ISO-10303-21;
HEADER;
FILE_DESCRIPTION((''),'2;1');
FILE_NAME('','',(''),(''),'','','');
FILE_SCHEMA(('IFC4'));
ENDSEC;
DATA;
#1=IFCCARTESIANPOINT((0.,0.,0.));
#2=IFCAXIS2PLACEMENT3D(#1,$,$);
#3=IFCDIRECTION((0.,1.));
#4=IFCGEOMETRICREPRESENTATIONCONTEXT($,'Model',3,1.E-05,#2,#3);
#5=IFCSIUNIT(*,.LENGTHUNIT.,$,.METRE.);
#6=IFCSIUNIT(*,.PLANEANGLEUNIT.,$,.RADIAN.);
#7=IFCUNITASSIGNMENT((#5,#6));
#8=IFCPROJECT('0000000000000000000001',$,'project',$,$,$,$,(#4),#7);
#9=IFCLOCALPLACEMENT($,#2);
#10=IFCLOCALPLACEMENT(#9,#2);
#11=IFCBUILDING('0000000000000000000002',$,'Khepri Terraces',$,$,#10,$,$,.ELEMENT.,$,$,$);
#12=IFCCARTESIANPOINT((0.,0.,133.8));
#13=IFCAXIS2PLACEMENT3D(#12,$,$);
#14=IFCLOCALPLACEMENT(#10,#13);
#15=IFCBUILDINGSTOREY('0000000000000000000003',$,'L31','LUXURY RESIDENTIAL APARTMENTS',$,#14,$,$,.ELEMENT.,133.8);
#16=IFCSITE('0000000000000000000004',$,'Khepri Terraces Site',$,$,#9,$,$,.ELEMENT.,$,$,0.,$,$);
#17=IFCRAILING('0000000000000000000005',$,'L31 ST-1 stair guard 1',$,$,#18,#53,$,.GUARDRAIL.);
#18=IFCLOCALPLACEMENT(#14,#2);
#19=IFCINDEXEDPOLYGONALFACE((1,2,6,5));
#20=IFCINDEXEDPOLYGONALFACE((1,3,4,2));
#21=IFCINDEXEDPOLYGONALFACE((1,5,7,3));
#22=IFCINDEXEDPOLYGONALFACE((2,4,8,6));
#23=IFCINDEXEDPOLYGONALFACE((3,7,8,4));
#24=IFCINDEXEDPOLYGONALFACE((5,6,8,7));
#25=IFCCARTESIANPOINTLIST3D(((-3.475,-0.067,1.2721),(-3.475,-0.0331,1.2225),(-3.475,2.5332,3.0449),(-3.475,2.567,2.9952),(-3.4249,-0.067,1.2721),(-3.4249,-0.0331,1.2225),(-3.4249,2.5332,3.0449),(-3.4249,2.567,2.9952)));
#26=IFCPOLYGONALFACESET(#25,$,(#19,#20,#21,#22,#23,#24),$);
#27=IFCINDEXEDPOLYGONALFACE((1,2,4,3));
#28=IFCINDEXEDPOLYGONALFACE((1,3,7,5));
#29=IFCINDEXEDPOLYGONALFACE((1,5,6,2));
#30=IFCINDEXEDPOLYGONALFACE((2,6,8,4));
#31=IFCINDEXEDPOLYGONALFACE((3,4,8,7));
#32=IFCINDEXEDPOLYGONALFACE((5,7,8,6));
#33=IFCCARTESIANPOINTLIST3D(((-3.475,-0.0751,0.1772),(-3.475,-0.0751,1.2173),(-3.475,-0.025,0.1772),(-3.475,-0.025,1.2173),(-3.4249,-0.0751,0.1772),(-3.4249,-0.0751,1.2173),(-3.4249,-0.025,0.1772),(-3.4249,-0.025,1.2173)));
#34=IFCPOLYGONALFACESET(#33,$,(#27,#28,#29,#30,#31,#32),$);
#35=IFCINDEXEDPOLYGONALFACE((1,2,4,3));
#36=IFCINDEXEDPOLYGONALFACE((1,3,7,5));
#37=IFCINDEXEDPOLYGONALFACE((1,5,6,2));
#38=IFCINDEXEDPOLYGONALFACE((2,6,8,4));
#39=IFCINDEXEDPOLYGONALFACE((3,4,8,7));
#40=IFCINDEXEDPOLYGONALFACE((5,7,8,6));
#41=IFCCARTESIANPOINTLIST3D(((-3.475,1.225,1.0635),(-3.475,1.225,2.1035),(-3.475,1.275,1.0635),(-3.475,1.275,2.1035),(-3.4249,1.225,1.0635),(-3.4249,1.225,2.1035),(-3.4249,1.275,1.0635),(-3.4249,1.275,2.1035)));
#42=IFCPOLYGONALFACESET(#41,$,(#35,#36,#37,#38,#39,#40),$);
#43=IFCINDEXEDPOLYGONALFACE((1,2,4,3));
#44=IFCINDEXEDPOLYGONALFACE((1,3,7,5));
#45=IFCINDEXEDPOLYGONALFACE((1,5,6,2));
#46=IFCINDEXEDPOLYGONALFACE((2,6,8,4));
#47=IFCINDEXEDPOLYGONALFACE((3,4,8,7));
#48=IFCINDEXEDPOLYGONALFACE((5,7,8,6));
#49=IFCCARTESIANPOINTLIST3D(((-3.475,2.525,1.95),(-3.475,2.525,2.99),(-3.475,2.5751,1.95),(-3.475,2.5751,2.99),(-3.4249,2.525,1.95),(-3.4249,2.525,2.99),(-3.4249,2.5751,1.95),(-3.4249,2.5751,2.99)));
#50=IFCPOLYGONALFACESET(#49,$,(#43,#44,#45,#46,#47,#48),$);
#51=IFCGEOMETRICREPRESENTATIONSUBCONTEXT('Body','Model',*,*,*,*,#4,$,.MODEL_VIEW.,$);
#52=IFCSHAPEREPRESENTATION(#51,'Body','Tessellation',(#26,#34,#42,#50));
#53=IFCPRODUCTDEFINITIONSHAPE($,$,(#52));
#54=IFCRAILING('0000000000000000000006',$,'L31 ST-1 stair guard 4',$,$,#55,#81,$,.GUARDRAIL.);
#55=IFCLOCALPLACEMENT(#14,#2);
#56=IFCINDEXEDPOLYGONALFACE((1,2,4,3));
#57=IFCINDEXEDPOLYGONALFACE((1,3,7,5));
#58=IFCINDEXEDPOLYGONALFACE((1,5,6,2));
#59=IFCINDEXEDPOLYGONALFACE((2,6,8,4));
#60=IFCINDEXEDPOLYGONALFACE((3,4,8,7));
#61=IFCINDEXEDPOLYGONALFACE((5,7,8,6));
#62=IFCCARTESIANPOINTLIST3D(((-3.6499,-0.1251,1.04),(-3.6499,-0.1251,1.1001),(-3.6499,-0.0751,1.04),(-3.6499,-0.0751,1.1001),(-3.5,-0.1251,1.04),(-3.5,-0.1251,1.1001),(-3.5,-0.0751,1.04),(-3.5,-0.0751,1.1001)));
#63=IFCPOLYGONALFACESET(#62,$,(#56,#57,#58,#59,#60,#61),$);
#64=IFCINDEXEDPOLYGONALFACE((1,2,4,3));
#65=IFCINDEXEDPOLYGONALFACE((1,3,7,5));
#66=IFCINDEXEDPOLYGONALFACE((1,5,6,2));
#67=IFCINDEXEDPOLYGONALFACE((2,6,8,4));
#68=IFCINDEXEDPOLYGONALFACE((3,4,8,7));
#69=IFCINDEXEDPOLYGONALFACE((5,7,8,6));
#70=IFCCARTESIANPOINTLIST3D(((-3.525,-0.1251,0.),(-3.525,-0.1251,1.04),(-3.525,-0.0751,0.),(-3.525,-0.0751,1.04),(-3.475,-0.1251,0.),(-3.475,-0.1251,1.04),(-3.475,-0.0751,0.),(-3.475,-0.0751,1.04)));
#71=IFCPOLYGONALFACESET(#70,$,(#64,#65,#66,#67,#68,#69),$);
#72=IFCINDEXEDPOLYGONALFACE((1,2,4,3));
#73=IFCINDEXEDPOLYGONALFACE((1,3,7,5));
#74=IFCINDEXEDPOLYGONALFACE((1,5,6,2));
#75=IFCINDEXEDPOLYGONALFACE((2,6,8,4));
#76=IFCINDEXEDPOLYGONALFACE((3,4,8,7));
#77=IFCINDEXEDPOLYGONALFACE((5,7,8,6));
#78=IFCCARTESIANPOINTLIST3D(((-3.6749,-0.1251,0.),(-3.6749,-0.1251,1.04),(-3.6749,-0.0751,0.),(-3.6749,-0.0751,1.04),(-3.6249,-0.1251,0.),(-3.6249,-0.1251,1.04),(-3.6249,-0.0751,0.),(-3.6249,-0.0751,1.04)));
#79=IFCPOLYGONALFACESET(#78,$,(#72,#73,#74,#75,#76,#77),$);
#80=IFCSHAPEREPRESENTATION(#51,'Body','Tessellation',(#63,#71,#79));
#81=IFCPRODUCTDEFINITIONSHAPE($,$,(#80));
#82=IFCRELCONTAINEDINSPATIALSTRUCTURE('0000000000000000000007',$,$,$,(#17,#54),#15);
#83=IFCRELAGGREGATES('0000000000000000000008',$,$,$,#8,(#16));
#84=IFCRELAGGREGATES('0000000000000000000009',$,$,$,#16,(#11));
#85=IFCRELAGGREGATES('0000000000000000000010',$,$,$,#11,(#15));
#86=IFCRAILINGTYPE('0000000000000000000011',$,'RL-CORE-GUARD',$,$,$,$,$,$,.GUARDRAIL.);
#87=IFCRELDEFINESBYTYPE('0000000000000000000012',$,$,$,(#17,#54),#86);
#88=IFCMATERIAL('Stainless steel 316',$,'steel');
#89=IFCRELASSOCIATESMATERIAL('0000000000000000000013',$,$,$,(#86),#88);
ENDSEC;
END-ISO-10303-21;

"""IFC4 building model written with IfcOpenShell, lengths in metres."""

from ifc_helpers import new_model, si_unit, direction, frame, origin, origin_2d, place, context, subcontext, project, spatial, rectangle, extrude, material, type_object, element, save


model = new_model("IFC4")

# Units and contexts
model_context = context("Model", 3, precision=1e-05, world=origin(), true_north=direction((0.0, 1.0)))
body_context = subcontext(model_context, "Body", "Model", "MODEL_VIEW")
ifc_project = project(units=[si_unit("LENGTHUNIT", "METRE"), si_unit("PLANEANGLEUNIT", "RADIAN")], contexts=[model_context])

# Site, building, storey
site_placement = place(None, origin())
site = spatial("IfcSite", under=ifc_project, at=site_placement, Name="Khepri Terraces Site", CompositionType="ELEMENT", RefElevation=0.0)
building_placement = place(site_placement, origin())
building = spatial("IfcBuilding", under=site, at=building_placement, Name="Khepri Terraces", CompositionType="ELEMENT")
storey_placement = place(building_placement, frame((0.0, 0.0, 133.8)))
storey = spatial("IfcBuildingStorey", under=building, at=storey_placement, Name="L31", Description="LUXURY RESIDENTIAL APARTMENTS", CompositionType="ELEMENT", Elevation=133.8)

# Railings
ifc_material_1 = material(Name="Stainless steel 316", Category="steel")
railing_type = type_object("IfcRailingType", Name="RL-CORE-GUARD", PredefinedType="GUARDRAIL", material=ifc_material_1)
railing_1_placement = place(storey_placement, frame((-3.45, -0.05, 0.1772)))
element("IfcRailing", 1, at=railing_1_placement, inside=storey, type_object=railing_type, Name="L31 ST-1 stair guard 1", PredefinedType="GUARDRAIL", context=body_context, shape_type="SweptSolid", body=[
    extrude(rectangle(XDim=0.05, YDim=0.0601, at=origin_2d()), frame((0.0, 0.0, 1.0701), z_axis=(0.0, 0.82624, 0.563318), x_axis=(-1.0, 0.0, 0.0)), (0.0, 0.0, 1.0), 3.147),
    extrude(rectangle(XDim=0.05, YDim=0.05, at=origin_2d()), origin(), (0.0, 0.0, 1.0), 1.04),
    extrude(rectangle(XDim=0.05, YDim=0.05, at=origin_2d()), frame((0.0, 1.3, 0.8862)), (0.0, 0.0, 1.0), 1.04),
    extrude(rectangle(XDim=0.05, YDim=0.05, at=origin_2d()), frame((0.0, 2.6001, 1.7727)), (0.0, 0.0, 1.0), 1.04),
])
railing_2_placement = place(storey_placement, frame((-3.5, -0.1001, 0.0)))
element("IfcRailing", 2, at=railing_2_placement, inside=storey, type_object=railing_type, Name="L31 ST-1 stair guard 4", PredefinedType="GUARDRAIL", context=body_context, shape_type="SweptSolid", body=[
    extrude(rectangle(XDim=0.05, YDim=0.0601, at=origin_2d()), frame((0.0, 0.0, 1.0701), z_axis=(-1.0, 0.0, 0.0), x_axis=(0.0, -1.0, 0.0)), (0.0, 0.0, 1.0), 0.1499),
    extrude(rectangle(XDim=0.05, YDim=0.05, at=origin_2d()), origin(), (0.0, 0.0, 1.0), 1.04),
    extrude(rectangle(XDim=0.05, YDim=0.05, at=origin_2d()), frame((-0.1499, 0.0, 0.0)), (0.0, 0.0, 1.0), 1.04),
])

save(model, "model.ifc")
